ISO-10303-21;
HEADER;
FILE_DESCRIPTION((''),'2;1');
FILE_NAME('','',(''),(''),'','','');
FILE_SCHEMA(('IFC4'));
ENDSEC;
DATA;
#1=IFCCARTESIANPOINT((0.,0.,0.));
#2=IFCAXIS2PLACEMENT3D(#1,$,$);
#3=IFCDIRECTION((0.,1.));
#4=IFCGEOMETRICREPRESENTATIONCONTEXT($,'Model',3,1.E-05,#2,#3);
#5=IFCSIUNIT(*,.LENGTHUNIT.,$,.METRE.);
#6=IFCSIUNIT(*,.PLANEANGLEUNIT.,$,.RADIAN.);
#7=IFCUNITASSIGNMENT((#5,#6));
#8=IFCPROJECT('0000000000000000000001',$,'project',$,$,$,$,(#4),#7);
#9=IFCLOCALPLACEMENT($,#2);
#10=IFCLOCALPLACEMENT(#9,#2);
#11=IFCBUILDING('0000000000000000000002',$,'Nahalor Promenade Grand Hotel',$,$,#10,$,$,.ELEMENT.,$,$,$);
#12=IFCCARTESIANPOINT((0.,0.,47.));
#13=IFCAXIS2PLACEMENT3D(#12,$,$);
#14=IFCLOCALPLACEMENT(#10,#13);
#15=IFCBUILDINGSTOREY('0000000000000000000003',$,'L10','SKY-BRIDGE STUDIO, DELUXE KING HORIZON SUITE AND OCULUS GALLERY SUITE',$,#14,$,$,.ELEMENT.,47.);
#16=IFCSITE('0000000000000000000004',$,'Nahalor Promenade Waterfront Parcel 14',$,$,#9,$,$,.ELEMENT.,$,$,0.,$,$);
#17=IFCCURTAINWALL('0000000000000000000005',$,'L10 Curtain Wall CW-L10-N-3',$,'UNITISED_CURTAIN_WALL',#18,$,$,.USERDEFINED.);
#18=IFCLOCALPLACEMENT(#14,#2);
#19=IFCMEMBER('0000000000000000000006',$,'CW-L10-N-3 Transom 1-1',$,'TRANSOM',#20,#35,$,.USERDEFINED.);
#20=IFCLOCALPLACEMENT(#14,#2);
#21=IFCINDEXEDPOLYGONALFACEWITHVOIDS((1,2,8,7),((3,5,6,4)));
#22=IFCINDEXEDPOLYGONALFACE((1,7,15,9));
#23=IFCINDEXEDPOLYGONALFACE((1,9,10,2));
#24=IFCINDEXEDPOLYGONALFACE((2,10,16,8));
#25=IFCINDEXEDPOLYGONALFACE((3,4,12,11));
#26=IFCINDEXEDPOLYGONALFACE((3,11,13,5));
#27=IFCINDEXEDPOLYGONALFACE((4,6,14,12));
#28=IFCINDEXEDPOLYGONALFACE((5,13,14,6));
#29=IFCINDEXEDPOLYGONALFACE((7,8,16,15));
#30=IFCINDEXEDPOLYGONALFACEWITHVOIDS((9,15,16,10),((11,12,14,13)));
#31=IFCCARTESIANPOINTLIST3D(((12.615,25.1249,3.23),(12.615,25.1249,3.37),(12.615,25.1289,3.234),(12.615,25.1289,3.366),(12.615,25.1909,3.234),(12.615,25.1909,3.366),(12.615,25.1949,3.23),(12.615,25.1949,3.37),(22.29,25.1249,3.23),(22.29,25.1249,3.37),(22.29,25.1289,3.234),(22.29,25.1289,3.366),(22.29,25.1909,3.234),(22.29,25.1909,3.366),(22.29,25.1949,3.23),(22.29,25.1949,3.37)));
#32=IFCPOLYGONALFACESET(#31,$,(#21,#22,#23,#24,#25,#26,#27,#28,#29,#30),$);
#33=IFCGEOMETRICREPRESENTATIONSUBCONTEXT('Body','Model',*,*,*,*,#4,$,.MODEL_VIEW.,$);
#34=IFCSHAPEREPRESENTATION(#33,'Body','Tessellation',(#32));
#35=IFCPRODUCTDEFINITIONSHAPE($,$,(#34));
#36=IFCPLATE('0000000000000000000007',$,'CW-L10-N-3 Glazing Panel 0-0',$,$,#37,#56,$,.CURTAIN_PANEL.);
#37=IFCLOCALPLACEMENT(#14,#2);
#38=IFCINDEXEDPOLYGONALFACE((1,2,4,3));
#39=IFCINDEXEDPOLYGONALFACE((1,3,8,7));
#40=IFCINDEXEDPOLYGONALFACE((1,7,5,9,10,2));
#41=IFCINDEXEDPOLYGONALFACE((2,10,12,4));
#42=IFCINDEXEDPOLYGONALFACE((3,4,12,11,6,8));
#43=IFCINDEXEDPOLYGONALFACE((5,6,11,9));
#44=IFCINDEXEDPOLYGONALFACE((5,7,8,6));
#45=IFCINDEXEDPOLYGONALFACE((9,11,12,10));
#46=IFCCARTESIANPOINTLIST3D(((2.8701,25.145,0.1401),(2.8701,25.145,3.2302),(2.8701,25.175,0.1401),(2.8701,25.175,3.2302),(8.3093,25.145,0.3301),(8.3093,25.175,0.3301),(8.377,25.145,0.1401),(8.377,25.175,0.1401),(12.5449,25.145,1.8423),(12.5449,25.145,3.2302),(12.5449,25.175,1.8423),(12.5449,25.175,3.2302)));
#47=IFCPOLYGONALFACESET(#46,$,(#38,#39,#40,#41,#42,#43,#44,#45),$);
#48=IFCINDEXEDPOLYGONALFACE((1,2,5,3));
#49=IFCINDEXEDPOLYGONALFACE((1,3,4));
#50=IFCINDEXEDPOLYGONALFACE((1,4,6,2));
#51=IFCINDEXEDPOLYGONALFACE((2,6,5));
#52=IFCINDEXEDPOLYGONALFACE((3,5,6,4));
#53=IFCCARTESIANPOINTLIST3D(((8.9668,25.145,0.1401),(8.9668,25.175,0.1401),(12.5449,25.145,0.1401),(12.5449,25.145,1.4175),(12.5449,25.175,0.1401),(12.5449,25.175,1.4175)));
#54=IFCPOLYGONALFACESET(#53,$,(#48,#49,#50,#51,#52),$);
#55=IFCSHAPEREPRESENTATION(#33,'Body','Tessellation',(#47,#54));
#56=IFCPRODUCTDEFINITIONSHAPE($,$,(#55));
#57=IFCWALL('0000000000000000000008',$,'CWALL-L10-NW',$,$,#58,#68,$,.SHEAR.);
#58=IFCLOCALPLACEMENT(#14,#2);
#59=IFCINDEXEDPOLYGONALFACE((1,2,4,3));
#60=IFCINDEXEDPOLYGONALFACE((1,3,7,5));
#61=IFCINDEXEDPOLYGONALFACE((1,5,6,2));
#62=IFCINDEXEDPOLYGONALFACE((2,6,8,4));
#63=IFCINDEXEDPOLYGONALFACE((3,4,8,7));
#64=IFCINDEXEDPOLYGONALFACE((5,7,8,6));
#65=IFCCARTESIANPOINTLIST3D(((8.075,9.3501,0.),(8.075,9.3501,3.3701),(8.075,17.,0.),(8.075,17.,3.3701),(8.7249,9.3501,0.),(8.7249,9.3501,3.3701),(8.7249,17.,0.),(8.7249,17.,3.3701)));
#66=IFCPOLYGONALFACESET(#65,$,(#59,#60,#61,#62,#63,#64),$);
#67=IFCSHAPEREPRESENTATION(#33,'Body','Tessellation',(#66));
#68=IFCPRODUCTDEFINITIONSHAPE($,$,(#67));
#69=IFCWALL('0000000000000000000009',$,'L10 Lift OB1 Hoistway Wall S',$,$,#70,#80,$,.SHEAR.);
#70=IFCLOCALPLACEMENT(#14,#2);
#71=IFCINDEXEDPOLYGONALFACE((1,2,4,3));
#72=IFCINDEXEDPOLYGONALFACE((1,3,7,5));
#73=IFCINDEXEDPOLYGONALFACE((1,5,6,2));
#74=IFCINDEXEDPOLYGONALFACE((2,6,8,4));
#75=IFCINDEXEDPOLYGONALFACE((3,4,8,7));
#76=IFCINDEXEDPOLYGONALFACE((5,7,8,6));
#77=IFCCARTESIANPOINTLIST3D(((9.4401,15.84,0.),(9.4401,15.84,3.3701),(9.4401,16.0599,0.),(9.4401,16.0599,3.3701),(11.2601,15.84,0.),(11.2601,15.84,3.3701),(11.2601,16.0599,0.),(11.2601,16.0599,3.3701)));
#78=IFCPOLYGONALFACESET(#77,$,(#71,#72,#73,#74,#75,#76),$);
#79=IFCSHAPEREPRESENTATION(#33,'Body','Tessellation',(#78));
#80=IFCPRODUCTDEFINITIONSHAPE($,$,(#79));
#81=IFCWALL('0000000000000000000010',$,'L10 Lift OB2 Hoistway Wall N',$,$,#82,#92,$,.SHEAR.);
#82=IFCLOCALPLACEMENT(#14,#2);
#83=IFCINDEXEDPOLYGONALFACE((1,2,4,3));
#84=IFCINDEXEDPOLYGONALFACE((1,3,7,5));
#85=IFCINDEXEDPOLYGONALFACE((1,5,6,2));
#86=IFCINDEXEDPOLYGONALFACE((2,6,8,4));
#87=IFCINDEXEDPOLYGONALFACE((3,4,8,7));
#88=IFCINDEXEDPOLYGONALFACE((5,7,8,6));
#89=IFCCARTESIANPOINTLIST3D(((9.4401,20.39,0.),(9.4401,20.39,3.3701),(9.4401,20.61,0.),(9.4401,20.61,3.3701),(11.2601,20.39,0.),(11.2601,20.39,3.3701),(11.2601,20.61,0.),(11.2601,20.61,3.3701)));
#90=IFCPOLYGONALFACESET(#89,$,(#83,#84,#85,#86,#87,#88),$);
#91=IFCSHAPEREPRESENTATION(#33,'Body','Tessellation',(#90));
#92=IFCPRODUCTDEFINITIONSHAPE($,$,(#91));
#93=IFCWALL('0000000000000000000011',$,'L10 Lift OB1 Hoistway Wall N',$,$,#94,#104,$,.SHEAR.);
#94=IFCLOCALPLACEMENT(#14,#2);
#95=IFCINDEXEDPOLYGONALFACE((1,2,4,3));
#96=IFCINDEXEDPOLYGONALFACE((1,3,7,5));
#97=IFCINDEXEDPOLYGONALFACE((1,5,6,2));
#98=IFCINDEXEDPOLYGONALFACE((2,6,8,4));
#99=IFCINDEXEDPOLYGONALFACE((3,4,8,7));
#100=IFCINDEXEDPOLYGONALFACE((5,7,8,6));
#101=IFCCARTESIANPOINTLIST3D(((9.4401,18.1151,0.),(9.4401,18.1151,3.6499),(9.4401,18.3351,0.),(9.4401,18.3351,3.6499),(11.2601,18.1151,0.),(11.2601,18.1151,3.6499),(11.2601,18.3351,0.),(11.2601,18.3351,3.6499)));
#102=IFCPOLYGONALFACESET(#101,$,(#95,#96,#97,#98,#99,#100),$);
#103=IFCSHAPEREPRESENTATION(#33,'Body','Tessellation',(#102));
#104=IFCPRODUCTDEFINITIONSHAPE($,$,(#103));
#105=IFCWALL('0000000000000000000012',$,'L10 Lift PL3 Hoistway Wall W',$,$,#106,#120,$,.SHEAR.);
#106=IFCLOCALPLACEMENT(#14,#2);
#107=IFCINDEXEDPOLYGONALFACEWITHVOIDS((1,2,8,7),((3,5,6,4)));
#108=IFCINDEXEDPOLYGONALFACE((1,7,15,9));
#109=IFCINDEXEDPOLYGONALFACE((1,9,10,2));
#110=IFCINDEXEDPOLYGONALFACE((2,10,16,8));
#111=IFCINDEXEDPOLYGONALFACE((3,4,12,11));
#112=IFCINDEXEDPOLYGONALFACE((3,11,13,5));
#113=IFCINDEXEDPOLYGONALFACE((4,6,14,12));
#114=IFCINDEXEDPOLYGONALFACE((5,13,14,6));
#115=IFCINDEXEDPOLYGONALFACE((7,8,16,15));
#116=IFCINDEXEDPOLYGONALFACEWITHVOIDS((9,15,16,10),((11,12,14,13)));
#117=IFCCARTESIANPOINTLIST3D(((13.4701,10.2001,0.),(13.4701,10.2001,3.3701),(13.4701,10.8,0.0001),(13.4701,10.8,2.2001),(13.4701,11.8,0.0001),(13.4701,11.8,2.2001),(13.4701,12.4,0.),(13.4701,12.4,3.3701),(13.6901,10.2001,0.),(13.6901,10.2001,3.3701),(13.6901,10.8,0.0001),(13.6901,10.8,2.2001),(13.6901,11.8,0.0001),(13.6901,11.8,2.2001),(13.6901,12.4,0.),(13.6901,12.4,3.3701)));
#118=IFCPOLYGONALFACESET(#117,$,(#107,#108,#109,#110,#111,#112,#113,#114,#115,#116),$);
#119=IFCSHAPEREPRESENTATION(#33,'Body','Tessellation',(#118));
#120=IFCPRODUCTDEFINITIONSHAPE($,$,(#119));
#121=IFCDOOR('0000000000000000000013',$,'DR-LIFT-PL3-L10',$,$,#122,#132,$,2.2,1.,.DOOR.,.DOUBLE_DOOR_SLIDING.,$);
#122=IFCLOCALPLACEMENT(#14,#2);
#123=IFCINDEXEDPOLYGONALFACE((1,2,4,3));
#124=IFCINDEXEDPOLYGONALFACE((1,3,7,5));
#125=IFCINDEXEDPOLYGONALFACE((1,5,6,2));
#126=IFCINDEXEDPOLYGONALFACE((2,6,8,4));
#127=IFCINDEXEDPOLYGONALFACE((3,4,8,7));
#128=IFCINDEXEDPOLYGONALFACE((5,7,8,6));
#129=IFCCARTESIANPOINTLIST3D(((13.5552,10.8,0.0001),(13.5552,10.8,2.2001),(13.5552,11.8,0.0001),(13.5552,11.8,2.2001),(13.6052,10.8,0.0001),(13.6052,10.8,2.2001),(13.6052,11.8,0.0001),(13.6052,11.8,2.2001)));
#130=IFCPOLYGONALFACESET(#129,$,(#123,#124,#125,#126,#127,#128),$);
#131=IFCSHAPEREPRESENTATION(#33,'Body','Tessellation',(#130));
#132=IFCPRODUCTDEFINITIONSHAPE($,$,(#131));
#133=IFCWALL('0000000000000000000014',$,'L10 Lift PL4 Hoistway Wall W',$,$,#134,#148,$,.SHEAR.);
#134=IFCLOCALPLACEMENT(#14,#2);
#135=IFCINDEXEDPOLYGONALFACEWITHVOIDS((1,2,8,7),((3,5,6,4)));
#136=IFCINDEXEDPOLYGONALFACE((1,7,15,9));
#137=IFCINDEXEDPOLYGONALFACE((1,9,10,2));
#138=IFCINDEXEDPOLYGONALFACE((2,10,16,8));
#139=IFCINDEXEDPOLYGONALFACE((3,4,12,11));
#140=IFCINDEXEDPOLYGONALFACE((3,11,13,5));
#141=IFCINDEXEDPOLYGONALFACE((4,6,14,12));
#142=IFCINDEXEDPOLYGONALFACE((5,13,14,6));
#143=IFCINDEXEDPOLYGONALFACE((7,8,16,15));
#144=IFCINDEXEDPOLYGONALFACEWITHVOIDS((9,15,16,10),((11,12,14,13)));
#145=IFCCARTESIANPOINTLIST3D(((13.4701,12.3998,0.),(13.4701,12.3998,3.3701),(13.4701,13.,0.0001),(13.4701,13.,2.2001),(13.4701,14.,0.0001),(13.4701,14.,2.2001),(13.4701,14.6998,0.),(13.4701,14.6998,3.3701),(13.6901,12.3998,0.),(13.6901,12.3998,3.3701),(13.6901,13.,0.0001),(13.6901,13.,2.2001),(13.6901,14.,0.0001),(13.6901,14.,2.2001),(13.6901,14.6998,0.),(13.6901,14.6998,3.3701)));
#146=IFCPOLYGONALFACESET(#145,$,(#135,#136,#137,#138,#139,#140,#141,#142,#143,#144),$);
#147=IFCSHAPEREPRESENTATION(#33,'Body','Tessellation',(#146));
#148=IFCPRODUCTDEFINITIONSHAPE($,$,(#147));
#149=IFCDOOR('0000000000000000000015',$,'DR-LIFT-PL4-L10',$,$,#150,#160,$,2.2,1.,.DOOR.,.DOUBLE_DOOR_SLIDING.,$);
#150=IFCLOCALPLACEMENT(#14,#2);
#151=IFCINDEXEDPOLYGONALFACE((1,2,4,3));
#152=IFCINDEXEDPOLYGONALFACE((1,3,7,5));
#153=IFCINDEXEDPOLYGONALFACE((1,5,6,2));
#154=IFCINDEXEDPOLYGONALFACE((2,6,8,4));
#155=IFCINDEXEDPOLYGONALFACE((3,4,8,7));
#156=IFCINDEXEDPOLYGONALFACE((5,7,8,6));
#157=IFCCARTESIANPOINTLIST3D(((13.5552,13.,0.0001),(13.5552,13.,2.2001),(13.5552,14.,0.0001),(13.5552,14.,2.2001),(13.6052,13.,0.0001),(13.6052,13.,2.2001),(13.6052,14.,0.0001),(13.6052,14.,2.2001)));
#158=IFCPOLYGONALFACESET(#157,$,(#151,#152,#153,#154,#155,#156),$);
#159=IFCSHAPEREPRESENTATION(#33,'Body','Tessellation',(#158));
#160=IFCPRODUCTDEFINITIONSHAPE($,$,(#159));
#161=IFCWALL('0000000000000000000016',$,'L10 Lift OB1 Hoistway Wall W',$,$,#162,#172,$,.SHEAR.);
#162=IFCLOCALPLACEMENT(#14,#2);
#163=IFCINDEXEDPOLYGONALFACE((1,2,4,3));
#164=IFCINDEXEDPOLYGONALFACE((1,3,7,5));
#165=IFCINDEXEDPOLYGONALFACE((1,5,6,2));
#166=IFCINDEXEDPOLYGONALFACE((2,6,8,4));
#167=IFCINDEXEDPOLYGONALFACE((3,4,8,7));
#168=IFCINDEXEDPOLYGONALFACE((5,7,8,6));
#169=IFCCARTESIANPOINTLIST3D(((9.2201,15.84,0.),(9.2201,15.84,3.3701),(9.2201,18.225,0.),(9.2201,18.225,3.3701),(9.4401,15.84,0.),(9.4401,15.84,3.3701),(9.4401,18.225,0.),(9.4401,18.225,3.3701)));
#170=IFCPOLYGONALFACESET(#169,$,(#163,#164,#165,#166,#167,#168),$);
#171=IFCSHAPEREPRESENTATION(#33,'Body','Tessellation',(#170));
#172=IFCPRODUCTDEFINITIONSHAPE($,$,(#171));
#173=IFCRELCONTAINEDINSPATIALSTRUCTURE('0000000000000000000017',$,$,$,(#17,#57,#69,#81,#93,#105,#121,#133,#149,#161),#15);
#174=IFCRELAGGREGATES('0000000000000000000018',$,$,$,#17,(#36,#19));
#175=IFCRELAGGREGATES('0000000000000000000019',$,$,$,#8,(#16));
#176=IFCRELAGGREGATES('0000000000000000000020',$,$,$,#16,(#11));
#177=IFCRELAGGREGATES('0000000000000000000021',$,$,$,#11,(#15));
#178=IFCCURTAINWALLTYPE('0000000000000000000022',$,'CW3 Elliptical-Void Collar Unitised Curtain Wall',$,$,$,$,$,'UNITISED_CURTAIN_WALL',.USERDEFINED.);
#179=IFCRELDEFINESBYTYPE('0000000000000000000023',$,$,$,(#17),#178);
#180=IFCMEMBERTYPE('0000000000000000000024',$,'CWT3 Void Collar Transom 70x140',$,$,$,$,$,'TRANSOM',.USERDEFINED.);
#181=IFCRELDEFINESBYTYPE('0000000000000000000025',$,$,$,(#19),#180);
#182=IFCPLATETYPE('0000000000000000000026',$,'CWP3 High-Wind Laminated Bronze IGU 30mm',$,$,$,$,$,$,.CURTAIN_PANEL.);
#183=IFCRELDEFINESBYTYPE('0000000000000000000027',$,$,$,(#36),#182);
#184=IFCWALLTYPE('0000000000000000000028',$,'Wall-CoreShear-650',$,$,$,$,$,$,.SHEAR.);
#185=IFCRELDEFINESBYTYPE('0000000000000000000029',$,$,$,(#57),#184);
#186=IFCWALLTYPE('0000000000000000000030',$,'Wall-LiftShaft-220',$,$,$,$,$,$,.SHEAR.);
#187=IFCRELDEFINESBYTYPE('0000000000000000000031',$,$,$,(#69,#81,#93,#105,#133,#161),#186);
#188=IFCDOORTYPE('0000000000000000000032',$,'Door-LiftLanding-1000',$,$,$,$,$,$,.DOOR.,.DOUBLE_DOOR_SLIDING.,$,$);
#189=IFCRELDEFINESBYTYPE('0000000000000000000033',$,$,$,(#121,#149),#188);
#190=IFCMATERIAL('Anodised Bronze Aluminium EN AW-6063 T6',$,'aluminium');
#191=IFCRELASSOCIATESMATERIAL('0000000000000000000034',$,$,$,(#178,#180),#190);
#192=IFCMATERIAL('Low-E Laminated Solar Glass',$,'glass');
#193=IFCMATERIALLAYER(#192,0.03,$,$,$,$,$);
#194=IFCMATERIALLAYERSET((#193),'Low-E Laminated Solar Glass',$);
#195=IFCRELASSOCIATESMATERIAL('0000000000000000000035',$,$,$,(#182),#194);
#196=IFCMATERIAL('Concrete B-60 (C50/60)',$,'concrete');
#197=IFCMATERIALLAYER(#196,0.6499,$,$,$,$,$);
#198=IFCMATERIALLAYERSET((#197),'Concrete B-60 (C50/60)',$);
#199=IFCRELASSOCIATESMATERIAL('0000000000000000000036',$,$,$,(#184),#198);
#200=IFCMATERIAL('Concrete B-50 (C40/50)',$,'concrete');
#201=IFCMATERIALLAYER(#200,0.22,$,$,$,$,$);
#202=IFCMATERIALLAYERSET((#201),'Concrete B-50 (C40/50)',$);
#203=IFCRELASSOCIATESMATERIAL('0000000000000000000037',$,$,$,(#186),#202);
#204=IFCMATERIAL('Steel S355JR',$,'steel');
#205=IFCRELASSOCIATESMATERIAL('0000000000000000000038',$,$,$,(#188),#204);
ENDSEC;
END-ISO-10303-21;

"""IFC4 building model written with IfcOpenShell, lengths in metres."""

from ifc_helpers import new_model, si_unit, direction, frame, frame_2d, origin, origin_2d, place, context, subcontext, project, spatial, polyline, rectangle, hollow_rectangle, outline, extrude, source, transform, mapped, material, layer, layer_set, material_profile, profile_set, type_object, element, fill, aggregate, save


model = new_model("IFC4")

# Units and contexts
model_context = context("Model", 3, precision=1e-05, world=origin(), true_north=direction((0.0, 1.0)))
body_context = subcontext(model_context, "Body", "Model", "MODEL_VIEW")
ifc_project = project(units=[si_unit("LENGTHUNIT", "METRE"), si_unit("PLANEANGLEUNIT", "RADIAN")], contexts=[model_context])

# Site, building, storey
site_placement = place(None, origin())
site = spatial("IfcSite", under=ifc_project, at=site_placement, Name="Nahalor Promenade Waterfront Parcel 14", CompositionType="ELEMENT", RefElevation=0.0)
building_placement = place(site_placement, origin())
building = spatial("IfcBuilding", under=site, at=building_placement, Name="Nahalor Promenade Grand Hotel", CompositionType="ELEMENT")
storey_placement = place(building_placement, frame((0.0, 0.0, 47.0)))
storey = spatial("IfcBuildingStorey", under=building, at=storey_placement, Name="L10", Description="SKY-BRIDGE STUDIO, DELUXE KING HORIZON SUITE AND OCULUS GALLERY SUITE", CompositionType="ELEMENT", Elevation=47.0)

# Shared definitions
ifc_material_1 = material(Name="Steel S355JR", Category="steel")

# Curtain wall, member, plate
ifc_material_2 = material(Name="Anodised Bronze Aluminium EN AW-6063 T6", Category="aluminium")
curtain_wall_type = type_object("IfcCurtainWallType", Name="CW3 Elliptical-Void Collar Unitised Curtain Wall", ElementType="UNITISED_CURTAIN_WALL", PredefinedType="USERDEFINED", material=ifc_material_2)
curtain_wall_placement = place(storey_placement, origin())
curtain_wall = element("IfcCurtainWall", 1, at=curtain_wall_placement, inside=storey, type_object=curtain_wall_type, Name="L10 Curtain Wall CW-L10-N-3", ObjectType="UNITISED_CURTAIN_WALL", PredefinedType="USERDEFINED")
ifc_material_profile_1 = material_profile(ifc_material_2, hollow_rectangle(XDim=0.07, YDim=0.14, WallThickness=0.004, at=origin_2d()), Name="CWT 70x140x4")
ifc_profile_set_1 = profile_set([ifc_material_profile_1], Name="Anodised Bronze Aluminium EN AW-6063 T6")
member_type_1 = type_object("IfcMemberType", Name="CWT3 Void Collar Transom 70x140", ElementType="TRANSOM", PredefinedType="USERDEFINED", material=ifc_profile_set_1)
shared_shape_1 = source(origin(), body_context, "Body", "SweptSolid", [
    extrude(hollow_rectangle(XDim=0.07, YDim=0.14, WallThickness=0.004, at=origin_2d()), origin(), (0.0, 0.0, 1.0), 9.675),
])
member_1_placement = place(storey_placement, frame((12.615, 25.1599, 3.3), z_axis=(1.0, 0.0, 0.0), x_axis=(0.0, 1.0, 0.0)))
member_1 = element("IfcMember", 2, at=member_1_placement, type_object=member_type_1, Name="CW-L10-N-3 Transom 1-1", ObjectType="TRANSOM", PredefinedType="USERDEFINED", context=body_context, shape_type="MappedRepresentation", body=[
    mapped(shared_shape_1, transform((0.0, 0.0, 0.0), scale=1.0)),
])
ifc_material_3 = material(Name="Low-E Laminated Solar Glass", Category="glass")
ifc_layer_1 = layer(ifc_material_3, 0.03)
ifc_layer_set_1 = layer_set([ifc_layer_1], Name="Low-E Laminated Solar Glass")
plate_type = type_object("IfcPlateType", Name="CWP3 High-Wind Laminated Bronze IGU 30mm", PredefinedType="CURTAIN_PANEL", material=ifc_layer_set_1)
plate_placement = place(storey_placement, frame((7.7075, 25.1599, 0.1401), z_axis=(0.0, 0.0, 1.0), x_axis=(1.0, 0.0, 0.0)))
plate = element("IfcPlate", 3, at=plate_placement, type_object=plate_type, Name="CW-L10-N-3 Glazing Panel 0-0", PredefinedType="CURTAIN_PANEL", context=body_context, shape_type="SweptSolid", body=[
    extrude(outline(polyline([(-4.8374, 3.0901), (-4.8374, 0.0), (0.6694, 0.0), (0.6018, 0.1899), (4.8374, 1.7021), (4.8374, 3.0901), (-4.8374, 3.0901)])), frame((0.0, 0.0151, 0.0), z_axis=(0.0, -1.0, 0.0), x_axis=(1.0, 0.0, 0.0)), (0.0, 0.0, 1.0), 0.03),
    extrude(outline(polyline([(1.2593, 0.0), (4.8374, 0.0), (4.8374, 1.2773), (1.2593, 0.0)])), frame((0.0, 0.0151, 0.0), z_axis=(0.0, -1.0, 0.0), x_axis=(1.0, 0.0, 0.0)), (0.0, 0.0, 1.0), 0.03),
])
aggregate(curtain_wall, [plate, member_1])

# Walls
ifc_material_4 = material(Name="Concrete B-60 (C50/60)", Category="concrete")
ifc_layer_2 = layer(ifc_material_4, 0.6499)
ifc_layer_set_2 = layer_set([ifc_layer_2], Name="Concrete B-60 (C50/60)")
wall_type_1 = type_object("IfcWallType", Name="Wall-CoreShear-650", PredefinedType="SHEAR", material=ifc_layer_set_2)
shared_shape_2 = source(origin(), body_context, "Body", "SweptSolid", [
    extrude(rectangle(XDim=7.6499, YDim=0.6499, at=frame_2d((3.825, 0.0))), origin(), (0.0, 0.0, 1.0), 3.3701),
])
wall_1_placement = place(storey_placement, frame((8.3999, 9.3501, 0.0), z_axis=(0.0, 0.0, 1.0), x_axis=(0.0, 1.0, 0.0)))
element("IfcWall", 4, at=wall_1_placement, inside=storey, type_object=wall_type_1, Name="CWALL-L10-NW", PredefinedType="SHEAR", context=body_context, shape_type="MappedRepresentation", body=[
    mapped(shared_shape_2, transform((0.0, 0.0, 0.0), scale=1.0)),
])
ifc_material_5 = material(Name="Concrete B-50 (C40/50)", Category="concrete")
ifc_layer_3 = layer(ifc_material_5, 0.22)
ifc_layer_set_3 = layer_set([ifc_layer_3], Name="Concrete B-50 (C40/50)")
wall_type_2 = type_object("IfcWallType", Name="Wall-LiftShaft-220", PredefinedType="SHEAR", material=ifc_layer_set_3)
shared_shape_3 = source(origin(), body_context, "Body", "SweptSolid", [
    extrude(rectangle(XDim=1.8201, YDim=0.22, at=frame_2d((0.9102, 0.0))), origin(), (0.0, 0.0, 1.0), 3.3701),
])
for number, where, z_axis, x_axis, name in (
    (5, (9.4399, 15.95, 0.0), (0.0, 0.0, 1.0), (1.0, 0.0, 0.0), "L10 Lift OB1 Hoistway Wall S"),
    (6, (9.4399, 20.5, 0.0), (0.0, 0.0, 1.0), (1.0, 0.0, 0.0), "L10 Lift OB2 Hoistway Wall N"),
):
    element("IfcWall", number, at=place(storey_placement, frame(where, z_axis=z_axis, x_axis=x_axis)), inside=storey, type_object=wall_type_2, Name=name, PredefinedType="SHEAR", context=body_context, shape_type="MappedRepresentation", body=[
        mapped(shared_shape_3, transform((0.0, 0.0, 0.0), scale=1.0)),
    ])
shared_shape_4 = source(origin(), body_context, "Body", "SweptSolid", [
    extrude(rectangle(XDim=1.8201, YDim=0.22, at=frame_2d((0.9102, 0.0))), origin(), (0.0, 0.0, 1.0), 3.6499),
])
wall_2_placement = place(storey_placement, frame((9.4399, 18.2251, 0.0), z_axis=(0.0, 0.0, 1.0), x_axis=(1.0, 0.0, 0.0)))
element("IfcWall", 7, at=wall_2_placement, inside=storey, type_object=wall_type_2, Name="L10 Lift OB1 Hoistway Wall N", PredefinedType="SHEAR", context=body_context, shape_type="MappedRepresentation", body=[
    mapped(shared_shape_4, transform((0.0, 0.0, 0.0), scale=1.0)),
])

# Walls, openings, doors
shared_shape_5 = source(origin(), body_context, "Body", "SweptSolid", [
    extrude(rectangle(XDim=2.2, YDim=0.22, at=frame_2d((1.1001, 0.0))), origin(), (0.0, 0.0, 1.0), 3.3701),
])
wall_3_placement = place(storey_placement, frame((13.5801, 10.2, 0.0), z_axis=(0.0, 0.0, 1.0), x_axis=(0.0, 1.0, 0.0)))
wall_3 = element("IfcWall", 8, at=wall_3_placement, inside=storey, type_object=wall_type_2, Name="L10 Lift PL3 Hoistway Wall W", PredefinedType="SHEAR", context=body_context, shape_type="MappedRepresentation", body=[
    mapped(shared_shape_5, transform((0.0, 0.0, 0.0), scale=1.0)),
])
opening_1_placement = place(wall_3_placement, frame((0.6001, 0.0, 0.0)))
opening_1 = element("IfcOpeningElement", 9, at=opening_1_placement, cuts=wall_3, PredefinedType="OPENING", context=body_context, shape_type="SweptSolid", body=[
    extrude(rectangle(XDim=1.0, YDim=2.2, at=frame_2d((0.5, 1.1001))), frame((0.0, 0.1199, 0.0), z_axis=(0.0, -1.0, 0.0), x_axis=(1.0, 0.0, 0.0)), (0.0, 0.0, 1.0), 0.24),
])
door_type_1 = type_object("IfcDoorType", Name="Door-LiftLanding-1000", OperationType="DOUBLE_DOOR_SLIDING", PredefinedType="DOOR", material=ifc_material_1)
shared_shape_6 = source(origin(), body_context, "Body", "SweptSolid", [
    extrude(rectangle(XDim=1.0, YDim=2.2, at=frame_2d((0.5, 1.1001))), frame((0.0, 0.0249, 0.0), z_axis=(0.0, -1.0, 0.0), x_axis=(1.0, 0.0, 0.0)), (0.0, 0.0, 1.0), 0.05),
])
door_1_placement = place(opening_1_placement, origin())
door_1 = element("IfcDoor", 10, at=door_1_placement, inside=storey, type_object=door_type_1, Name="DR-LIFT-PL3-L10", OperationType="DOUBLE_DOOR_SLIDING", OverallHeight=2.2, OverallWidth=1.0, PredefinedType="DOOR", context=body_context, shape_type="MappedRepresentation", body=[
    mapped(shared_shape_6, transform((0.0, 0.0, 0.0), scale=1.0)),
])
fill(opening_1, door_1)
shared_shape_7 = source(origin(), body_context, "Body", "SweptSolid", [
    extrude(rectangle(XDim=2.3, YDim=0.22, at=frame_2d((1.1499, 0.0))), origin(), (0.0, 0.0, 1.0), 3.3701),
])
wall_4_placement = place(storey_placement, frame((13.5801, 12.3999, 0.0), z_axis=(0.0, 0.0, 1.0), x_axis=(0.0, 1.0, 0.0)))
wall_4 = element("IfcWall", 11, at=wall_4_placement, inside=storey, type_object=wall_type_2, Name="L10 Lift PL4 Hoistway Wall W", PredefinedType="SHEAR", context=body_context, shape_type="MappedRepresentation", body=[
    mapped(shared_shape_7, transform((0.0, 0.0, 0.0), scale=1.0)),
])
opening_2_placement = place(wall_4_placement, frame((0.6001, 0.0, 0.0)))
opening_2 = element("IfcOpeningElement", 12, at=opening_2_placement, cuts=wall_4, PredefinedType="OPENING", context=body_context, shape_type="SweptSolid", body=[
    extrude(rectangle(XDim=1.0, YDim=2.2, at=frame_2d((0.5, 1.1001))), frame((0.0, 0.1199, 0.0), z_axis=(0.0, -1.0, 0.0), x_axis=(1.0, 0.0, 0.0)), (0.0, 0.0, 1.0), 0.24),
])
door_2_placement = place(opening_2_placement, origin())
door_2 = element("IfcDoor", 13, at=door_2_placement, inside=storey, type_object=door_type_1, Name="DR-LIFT-PL4-L10", OperationType="DOUBLE_DOOR_SLIDING", OverallHeight=2.2, OverallWidth=1.0, PredefinedType="DOOR", context=body_context, shape_type="MappedRepresentation", body=[
    mapped(shared_shape_6, transform((0.0, 0.0, 0.0), scale=1.0)),
])
fill(opening_2, door_2)

# Wall
shared_shape_8 = source(origin(), body_context, "Body", "SweptSolid", [
    extrude(rectangle(XDim=2.385, YDim=0.22, at=frame_2d((1.1924, 0.0))), origin(), (0.0, 0.0, 1.0), 3.3701),
])
for number, where, z_axis, x_axis, name in (
    (14, (9.3301, 15.8401, 0.0), (0.0, 0.0, 1.0), (0.0, 1.0, 0.0), "L10 Lift OB1 Hoistway Wall W"),
):
    element("IfcWall", number, at=place(storey_placement, frame(where, z_axis=z_axis, x_axis=x_axis)), inside=storey, type_object=wall_type_2, Name=name, PredefinedType="SHEAR", context=body_context, shape_type="MappedRepresentation", body=[
        mapped(shared_shape_8, transform((0.0, 0.0, 0.0), scale=1.0)),
    ])

save(model, "model.ifc")
